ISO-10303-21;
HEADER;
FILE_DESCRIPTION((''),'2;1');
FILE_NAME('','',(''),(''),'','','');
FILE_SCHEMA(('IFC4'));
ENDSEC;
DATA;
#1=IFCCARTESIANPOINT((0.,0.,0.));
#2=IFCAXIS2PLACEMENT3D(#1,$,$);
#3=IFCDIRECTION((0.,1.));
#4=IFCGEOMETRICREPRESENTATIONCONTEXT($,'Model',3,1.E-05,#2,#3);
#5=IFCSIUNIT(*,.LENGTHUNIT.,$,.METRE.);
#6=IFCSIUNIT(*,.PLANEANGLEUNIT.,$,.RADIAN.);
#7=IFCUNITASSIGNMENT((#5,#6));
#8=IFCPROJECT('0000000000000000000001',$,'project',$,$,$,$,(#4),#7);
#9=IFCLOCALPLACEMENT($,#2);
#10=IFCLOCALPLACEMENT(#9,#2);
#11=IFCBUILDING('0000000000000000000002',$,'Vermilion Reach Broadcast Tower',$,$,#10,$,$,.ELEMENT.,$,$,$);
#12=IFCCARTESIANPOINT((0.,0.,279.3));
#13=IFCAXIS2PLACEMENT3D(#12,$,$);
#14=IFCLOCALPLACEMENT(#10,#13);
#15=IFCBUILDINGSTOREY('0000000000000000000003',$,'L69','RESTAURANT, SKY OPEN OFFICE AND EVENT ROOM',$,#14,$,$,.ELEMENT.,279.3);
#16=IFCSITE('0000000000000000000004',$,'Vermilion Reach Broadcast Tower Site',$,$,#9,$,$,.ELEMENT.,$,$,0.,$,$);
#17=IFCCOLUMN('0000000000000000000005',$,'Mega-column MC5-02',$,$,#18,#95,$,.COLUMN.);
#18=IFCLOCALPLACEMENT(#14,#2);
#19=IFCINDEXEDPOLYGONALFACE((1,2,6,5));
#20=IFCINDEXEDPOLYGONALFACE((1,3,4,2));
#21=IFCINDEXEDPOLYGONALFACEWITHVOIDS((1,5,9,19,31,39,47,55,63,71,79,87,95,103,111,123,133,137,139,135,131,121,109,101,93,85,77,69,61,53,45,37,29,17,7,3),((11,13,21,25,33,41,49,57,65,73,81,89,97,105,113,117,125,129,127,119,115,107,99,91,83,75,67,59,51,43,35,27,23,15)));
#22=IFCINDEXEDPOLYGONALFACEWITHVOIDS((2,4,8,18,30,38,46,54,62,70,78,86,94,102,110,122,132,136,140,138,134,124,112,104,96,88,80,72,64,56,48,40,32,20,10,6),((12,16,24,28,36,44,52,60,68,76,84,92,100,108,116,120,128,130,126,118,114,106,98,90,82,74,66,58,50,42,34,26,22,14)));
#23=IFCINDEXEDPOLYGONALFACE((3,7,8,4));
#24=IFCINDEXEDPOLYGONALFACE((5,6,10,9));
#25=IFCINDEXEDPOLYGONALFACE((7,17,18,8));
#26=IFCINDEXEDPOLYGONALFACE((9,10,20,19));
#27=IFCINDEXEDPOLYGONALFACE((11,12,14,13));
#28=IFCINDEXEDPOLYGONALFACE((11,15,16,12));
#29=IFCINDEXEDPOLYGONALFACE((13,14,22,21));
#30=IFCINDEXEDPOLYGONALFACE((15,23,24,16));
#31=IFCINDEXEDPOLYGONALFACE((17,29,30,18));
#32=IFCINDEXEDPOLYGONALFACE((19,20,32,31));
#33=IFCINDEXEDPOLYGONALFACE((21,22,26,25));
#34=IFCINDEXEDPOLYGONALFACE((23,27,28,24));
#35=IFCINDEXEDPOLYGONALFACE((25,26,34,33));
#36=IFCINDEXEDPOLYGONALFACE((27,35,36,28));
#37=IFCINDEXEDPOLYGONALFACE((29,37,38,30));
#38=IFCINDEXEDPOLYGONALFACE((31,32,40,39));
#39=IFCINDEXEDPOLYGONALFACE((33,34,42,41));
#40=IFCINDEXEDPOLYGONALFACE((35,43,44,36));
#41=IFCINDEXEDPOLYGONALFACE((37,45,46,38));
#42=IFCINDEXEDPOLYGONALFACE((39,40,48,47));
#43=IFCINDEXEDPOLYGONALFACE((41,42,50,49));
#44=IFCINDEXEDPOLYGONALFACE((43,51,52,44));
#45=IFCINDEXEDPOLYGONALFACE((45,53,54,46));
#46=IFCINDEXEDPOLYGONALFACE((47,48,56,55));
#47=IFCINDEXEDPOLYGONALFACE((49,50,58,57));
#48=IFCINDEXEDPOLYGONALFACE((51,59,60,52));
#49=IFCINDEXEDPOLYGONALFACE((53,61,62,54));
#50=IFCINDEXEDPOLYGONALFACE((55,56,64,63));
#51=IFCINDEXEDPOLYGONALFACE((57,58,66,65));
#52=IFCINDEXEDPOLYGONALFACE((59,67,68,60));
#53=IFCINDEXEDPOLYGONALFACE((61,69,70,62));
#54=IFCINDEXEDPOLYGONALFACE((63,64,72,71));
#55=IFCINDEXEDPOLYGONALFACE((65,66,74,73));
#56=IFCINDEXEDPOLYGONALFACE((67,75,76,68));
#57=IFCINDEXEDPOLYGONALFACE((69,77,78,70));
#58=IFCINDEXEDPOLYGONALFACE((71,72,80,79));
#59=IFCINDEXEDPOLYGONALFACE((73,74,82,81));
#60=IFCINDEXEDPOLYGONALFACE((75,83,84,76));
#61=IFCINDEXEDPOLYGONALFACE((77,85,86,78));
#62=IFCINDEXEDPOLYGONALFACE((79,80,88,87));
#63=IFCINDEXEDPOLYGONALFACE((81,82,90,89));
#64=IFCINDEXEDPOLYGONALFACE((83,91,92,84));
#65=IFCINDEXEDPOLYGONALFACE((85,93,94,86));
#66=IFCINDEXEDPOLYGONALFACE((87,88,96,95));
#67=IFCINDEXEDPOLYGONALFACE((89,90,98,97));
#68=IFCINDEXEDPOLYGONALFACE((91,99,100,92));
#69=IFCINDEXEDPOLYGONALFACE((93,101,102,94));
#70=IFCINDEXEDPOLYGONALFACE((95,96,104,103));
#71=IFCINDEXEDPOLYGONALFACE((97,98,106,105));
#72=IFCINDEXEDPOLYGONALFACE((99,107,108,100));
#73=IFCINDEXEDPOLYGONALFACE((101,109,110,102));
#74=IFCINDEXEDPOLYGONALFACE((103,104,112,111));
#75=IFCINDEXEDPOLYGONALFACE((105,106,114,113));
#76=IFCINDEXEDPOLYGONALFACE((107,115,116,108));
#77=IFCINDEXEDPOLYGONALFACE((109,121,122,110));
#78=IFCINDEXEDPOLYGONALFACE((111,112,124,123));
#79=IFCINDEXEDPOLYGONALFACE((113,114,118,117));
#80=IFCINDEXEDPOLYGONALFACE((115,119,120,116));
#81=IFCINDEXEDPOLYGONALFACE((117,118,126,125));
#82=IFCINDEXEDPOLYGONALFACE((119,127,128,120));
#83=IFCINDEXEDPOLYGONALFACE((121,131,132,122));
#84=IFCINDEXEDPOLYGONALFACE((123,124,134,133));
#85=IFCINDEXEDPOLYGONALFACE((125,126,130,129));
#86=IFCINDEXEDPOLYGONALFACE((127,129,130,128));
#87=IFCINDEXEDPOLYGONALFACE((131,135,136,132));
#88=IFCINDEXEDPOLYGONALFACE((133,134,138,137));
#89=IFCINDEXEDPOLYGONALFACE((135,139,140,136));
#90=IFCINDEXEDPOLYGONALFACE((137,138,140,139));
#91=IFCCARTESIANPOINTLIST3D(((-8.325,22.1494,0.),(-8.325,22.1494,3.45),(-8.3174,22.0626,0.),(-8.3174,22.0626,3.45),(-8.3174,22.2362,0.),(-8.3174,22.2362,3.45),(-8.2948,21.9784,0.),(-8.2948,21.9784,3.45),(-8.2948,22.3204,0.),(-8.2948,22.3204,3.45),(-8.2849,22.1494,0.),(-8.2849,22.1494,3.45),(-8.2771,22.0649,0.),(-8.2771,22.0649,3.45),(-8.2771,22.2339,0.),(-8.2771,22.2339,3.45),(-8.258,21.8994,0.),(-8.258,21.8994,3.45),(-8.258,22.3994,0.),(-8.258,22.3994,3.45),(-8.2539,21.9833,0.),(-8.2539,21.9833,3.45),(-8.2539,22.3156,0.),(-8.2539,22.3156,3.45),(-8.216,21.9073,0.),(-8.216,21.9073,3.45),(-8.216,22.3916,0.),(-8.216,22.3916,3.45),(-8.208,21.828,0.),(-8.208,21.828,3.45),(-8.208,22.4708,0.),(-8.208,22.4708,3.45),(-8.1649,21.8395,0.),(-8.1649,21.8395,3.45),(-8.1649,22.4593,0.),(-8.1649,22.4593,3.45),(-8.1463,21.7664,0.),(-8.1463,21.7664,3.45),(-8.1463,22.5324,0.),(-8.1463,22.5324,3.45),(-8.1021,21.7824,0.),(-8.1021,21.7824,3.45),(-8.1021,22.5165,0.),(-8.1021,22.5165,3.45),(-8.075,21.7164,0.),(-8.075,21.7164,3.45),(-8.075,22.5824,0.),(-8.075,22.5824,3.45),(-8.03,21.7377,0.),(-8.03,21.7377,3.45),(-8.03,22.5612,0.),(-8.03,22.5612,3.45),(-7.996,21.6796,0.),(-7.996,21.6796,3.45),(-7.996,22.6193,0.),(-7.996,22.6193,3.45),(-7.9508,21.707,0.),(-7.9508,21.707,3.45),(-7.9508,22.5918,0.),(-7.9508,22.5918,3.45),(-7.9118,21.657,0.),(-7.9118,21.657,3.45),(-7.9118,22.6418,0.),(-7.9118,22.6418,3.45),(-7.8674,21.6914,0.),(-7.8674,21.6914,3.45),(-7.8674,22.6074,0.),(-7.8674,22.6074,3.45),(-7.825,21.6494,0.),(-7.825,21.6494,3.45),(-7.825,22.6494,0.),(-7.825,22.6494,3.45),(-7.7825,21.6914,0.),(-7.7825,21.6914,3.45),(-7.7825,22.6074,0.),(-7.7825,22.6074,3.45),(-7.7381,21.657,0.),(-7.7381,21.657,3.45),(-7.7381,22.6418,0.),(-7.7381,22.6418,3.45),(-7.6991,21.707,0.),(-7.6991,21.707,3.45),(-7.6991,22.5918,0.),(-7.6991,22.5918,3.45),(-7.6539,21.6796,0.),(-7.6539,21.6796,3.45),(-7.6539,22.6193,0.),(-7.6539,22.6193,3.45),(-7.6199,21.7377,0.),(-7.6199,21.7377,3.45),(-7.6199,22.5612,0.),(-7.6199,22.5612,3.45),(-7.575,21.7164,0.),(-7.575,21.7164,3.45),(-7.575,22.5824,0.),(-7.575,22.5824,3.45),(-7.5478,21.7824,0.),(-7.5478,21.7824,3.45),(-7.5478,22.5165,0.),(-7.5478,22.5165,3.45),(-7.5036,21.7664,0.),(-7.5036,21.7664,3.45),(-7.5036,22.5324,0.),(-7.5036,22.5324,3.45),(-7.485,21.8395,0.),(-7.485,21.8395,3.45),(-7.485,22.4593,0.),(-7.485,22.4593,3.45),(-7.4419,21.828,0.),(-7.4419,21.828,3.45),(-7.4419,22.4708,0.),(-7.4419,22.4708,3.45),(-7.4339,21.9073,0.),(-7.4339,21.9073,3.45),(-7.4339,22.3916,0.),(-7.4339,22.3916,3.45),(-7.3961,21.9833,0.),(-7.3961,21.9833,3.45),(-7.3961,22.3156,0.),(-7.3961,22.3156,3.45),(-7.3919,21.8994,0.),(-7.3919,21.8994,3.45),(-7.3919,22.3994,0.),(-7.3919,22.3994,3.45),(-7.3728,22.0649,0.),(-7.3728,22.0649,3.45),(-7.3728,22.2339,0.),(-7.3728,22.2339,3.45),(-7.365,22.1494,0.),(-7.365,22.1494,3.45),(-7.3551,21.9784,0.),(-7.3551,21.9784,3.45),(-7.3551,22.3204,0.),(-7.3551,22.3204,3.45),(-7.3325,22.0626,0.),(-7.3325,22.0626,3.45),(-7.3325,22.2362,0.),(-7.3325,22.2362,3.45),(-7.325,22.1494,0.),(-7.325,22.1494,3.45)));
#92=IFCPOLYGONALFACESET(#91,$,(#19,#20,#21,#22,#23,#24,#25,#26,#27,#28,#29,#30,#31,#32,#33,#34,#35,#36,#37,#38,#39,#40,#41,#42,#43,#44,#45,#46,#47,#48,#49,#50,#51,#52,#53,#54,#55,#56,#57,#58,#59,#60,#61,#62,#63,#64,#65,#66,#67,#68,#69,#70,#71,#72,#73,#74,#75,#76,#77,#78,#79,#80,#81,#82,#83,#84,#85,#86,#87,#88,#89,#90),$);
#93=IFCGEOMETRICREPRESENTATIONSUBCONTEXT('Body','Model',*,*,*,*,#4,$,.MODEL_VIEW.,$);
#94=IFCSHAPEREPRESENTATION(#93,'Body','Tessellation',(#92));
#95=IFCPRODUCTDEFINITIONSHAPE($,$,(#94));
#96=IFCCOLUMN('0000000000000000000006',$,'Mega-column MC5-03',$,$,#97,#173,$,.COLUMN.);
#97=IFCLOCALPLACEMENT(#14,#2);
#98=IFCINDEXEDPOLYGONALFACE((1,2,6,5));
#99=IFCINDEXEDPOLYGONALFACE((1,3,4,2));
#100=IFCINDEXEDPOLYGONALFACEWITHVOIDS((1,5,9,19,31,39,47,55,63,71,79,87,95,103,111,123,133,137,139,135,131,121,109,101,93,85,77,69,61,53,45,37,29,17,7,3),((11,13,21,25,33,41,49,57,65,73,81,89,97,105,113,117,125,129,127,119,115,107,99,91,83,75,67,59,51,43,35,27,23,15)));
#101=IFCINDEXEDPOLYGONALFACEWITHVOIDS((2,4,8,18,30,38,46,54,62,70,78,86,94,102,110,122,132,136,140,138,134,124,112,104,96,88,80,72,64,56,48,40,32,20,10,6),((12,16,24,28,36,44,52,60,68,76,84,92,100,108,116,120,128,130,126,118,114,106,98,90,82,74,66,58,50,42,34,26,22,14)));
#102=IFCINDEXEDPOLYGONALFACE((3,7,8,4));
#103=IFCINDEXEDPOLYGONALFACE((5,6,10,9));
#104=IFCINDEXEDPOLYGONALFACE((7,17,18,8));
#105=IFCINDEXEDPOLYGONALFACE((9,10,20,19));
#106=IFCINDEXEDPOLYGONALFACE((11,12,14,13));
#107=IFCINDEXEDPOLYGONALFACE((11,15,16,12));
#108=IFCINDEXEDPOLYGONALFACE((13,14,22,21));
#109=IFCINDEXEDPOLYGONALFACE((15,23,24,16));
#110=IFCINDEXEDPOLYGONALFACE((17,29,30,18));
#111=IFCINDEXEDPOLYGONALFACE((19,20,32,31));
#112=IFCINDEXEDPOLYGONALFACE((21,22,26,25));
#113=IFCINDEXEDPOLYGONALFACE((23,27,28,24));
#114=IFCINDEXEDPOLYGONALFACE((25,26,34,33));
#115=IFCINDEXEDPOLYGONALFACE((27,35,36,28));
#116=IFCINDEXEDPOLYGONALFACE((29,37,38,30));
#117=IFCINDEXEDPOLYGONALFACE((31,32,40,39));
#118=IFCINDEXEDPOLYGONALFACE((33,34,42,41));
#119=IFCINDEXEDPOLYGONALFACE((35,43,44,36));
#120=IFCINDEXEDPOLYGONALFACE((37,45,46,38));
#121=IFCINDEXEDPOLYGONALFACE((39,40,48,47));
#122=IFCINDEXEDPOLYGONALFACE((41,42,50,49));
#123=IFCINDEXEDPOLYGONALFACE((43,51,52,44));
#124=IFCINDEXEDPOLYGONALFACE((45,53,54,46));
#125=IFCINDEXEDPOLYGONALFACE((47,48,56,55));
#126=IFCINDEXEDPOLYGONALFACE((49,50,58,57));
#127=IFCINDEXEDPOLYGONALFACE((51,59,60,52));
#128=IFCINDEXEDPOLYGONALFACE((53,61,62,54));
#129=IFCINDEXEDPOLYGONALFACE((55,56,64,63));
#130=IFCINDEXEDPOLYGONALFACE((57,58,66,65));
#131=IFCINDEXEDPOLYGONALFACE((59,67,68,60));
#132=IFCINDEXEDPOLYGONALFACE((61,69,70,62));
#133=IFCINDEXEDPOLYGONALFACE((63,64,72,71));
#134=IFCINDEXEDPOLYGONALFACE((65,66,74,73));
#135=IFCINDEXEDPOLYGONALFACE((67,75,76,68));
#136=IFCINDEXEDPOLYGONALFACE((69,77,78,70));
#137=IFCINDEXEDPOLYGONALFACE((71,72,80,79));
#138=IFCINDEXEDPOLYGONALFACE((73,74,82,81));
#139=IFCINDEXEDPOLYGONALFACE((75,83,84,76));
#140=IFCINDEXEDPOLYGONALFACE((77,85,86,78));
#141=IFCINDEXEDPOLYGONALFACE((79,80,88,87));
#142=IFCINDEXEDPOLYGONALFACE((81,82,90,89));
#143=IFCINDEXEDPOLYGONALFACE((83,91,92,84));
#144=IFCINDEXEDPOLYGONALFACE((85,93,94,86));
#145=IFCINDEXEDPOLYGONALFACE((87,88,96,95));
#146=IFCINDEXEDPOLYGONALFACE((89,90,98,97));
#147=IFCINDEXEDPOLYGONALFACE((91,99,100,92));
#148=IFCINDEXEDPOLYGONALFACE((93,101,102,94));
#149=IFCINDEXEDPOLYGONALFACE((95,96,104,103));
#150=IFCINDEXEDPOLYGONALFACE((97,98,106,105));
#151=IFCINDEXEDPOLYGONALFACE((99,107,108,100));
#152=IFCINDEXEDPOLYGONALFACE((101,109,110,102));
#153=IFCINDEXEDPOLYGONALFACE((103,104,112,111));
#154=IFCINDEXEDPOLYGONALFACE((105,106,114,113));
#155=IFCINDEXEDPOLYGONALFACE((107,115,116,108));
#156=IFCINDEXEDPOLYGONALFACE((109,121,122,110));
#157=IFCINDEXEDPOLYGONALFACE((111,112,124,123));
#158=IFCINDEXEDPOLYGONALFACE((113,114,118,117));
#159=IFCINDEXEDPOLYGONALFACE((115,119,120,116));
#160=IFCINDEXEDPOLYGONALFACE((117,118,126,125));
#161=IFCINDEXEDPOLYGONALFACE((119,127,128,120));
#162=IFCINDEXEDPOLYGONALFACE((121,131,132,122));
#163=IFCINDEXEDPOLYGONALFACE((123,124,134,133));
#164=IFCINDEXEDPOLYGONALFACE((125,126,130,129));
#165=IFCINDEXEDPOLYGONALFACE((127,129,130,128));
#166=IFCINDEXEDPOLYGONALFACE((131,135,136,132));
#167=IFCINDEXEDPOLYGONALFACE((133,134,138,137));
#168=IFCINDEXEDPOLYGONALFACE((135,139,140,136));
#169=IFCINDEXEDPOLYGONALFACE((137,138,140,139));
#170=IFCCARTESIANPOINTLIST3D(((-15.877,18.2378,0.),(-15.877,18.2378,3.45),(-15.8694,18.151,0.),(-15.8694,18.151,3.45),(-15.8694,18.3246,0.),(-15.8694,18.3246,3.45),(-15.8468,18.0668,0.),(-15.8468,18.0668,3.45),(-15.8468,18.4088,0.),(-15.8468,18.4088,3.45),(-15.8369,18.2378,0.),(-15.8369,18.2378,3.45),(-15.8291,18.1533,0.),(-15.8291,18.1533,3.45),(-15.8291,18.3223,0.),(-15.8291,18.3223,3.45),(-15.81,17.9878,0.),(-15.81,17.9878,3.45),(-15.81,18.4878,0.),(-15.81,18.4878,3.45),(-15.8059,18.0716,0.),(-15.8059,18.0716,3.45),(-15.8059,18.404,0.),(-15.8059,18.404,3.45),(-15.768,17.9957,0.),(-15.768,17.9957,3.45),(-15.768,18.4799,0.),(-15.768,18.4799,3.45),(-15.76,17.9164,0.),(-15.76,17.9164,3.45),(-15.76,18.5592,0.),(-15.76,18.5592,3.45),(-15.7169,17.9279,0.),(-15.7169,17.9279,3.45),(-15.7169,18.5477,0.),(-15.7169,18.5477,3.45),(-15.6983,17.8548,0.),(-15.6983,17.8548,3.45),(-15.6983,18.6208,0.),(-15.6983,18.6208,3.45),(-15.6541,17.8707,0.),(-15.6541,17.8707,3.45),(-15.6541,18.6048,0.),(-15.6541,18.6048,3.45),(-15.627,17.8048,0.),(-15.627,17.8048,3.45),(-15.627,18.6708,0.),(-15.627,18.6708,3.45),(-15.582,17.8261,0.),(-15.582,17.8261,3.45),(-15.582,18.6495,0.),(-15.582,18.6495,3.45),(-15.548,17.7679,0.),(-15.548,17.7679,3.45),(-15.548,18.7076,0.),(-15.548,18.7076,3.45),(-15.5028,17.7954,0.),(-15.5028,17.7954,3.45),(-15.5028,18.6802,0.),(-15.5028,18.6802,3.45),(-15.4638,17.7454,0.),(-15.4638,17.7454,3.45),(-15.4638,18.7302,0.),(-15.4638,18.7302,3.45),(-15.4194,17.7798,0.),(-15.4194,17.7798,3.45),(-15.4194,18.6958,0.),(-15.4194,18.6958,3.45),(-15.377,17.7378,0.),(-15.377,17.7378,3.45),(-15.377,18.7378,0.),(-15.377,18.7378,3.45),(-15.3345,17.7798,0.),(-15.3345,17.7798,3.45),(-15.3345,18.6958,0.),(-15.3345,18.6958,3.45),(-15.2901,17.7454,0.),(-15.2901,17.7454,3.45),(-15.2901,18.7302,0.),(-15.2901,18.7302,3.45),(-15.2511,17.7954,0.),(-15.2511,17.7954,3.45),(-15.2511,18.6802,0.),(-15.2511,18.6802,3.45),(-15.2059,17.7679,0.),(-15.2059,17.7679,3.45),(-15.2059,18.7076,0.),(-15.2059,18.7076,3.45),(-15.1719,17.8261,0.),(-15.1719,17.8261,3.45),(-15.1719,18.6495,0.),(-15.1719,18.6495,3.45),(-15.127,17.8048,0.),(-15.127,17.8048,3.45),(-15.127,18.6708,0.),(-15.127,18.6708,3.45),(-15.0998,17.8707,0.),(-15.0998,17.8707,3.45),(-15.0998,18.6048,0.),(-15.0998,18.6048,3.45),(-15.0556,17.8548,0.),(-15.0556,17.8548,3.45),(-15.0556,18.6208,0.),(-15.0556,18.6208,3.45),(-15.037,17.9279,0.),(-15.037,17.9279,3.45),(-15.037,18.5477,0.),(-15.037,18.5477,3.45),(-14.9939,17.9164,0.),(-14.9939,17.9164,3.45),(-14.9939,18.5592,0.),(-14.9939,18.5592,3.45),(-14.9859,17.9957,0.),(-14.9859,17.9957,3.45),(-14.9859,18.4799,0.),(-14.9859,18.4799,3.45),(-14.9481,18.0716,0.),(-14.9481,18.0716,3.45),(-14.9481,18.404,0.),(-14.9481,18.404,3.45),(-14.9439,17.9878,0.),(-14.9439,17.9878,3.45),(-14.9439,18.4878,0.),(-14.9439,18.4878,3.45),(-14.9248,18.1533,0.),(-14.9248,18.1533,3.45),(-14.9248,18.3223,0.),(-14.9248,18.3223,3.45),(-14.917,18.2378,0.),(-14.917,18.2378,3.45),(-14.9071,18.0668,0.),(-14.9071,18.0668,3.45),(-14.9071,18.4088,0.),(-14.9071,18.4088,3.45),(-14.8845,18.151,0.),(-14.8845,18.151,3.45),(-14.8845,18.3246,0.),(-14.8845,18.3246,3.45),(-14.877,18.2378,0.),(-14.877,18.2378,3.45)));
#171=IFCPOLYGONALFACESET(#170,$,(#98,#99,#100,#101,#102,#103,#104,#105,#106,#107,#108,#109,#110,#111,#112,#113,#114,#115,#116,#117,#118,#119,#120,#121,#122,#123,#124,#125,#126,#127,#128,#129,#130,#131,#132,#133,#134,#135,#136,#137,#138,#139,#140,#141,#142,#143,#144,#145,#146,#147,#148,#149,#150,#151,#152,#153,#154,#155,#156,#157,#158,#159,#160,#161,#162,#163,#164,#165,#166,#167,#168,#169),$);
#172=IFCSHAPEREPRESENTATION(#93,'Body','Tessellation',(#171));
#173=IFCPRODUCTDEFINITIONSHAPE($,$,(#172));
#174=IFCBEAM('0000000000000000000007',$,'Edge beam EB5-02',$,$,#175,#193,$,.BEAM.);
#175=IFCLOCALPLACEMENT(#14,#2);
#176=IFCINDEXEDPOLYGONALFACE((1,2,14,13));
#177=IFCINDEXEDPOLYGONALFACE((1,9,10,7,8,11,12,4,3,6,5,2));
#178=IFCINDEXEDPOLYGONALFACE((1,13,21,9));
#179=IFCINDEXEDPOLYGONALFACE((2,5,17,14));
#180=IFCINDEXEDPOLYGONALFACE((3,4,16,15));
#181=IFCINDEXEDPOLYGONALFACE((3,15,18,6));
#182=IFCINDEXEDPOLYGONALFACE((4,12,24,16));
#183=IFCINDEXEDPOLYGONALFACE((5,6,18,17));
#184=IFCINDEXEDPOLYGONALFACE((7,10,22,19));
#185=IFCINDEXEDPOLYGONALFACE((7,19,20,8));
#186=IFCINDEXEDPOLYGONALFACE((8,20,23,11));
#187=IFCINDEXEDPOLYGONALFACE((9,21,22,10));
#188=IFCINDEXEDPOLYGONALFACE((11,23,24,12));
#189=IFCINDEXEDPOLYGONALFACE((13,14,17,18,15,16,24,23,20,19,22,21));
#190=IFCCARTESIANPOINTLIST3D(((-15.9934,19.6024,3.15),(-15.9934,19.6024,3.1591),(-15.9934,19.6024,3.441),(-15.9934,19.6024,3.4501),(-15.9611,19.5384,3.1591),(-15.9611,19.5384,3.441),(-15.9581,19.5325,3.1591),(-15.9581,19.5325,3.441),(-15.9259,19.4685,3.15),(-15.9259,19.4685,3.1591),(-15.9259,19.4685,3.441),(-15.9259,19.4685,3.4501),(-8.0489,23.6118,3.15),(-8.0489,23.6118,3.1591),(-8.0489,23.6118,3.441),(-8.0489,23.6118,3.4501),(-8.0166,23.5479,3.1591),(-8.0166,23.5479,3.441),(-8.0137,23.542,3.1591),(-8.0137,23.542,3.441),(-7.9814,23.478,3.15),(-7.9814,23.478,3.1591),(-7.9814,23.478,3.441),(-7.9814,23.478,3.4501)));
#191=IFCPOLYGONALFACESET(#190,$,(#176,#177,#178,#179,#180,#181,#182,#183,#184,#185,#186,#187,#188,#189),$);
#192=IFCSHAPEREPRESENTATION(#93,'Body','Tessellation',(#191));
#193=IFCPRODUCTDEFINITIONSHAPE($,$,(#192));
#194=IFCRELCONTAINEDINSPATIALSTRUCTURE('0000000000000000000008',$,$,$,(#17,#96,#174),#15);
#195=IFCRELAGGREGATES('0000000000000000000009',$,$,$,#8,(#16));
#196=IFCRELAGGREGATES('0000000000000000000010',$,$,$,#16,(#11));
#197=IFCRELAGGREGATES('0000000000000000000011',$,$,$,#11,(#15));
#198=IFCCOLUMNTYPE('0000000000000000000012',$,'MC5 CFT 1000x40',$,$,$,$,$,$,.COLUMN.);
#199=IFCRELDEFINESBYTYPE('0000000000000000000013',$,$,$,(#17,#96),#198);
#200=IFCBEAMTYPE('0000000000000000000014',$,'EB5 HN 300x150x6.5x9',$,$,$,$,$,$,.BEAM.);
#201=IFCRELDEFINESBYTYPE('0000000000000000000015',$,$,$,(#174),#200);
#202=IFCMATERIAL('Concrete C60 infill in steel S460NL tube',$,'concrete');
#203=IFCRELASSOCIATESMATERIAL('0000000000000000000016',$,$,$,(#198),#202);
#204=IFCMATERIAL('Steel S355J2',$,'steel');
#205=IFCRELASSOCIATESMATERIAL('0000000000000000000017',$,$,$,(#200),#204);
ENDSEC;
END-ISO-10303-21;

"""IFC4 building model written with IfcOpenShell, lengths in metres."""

from ifc_helpers import new_model, si_unit, direction, frame, origin, origin_2d, place, context, subcontext, project, spatial, hollow_circle, i_section, extrude, material, material_profile, profile_set, type_object, element, save


model = new_model("IFC4")

# Units and contexts
model_context = context("Model", 3, precision=1e-05, world=origin(), true_north=direction((0.0, 1.0)))
body_context = subcontext(model_context, "Body", "Model", "MODEL_VIEW")
ifc_project = project(units=[si_unit("LENGTHUNIT", "METRE"), si_unit("PLANEANGLEUNIT", "RADIAN")], contexts=[model_context])

# Site, building, storey
site_placement = place(None, origin())
site = spatial("IfcSite", under=ifc_project, at=site_placement, Name="Vermilion Reach Broadcast Tower Site", CompositionType="ELEMENT", RefElevation=0.0)
building_placement = place(site_placement, origin())
building = spatial("IfcBuilding", under=site, at=building_placement, Name="Vermilion Reach Broadcast Tower", CompositionType="ELEMENT")
storey_placement = place(building_placement, frame((0.0, 0.0, 279.3)))
storey = spatial("IfcBuildingStorey", under=building, at=storey_placement, Name="L69", Description="RESTAURANT, SKY OPEN OFFICE AND EVENT ROOM", CompositionType="ELEMENT", Elevation=279.3)

# Columns
ifc_material_1 = material(Name="Concrete C60 infill in steel S460NL tube", Category="concrete")
ifc_material_profile_1 = material_profile(ifc_material_1, hollow_circle(Radius=0.5, WallThickness=0.04, at=origin_2d()), Name="Concrete C60 infill in steel S460NL tube CFT 1000x40")
ifc_profile_set_1 = profile_set([ifc_material_profile_1], Name="Concrete C60 infill in steel S460NL tube")
column_type = type_object("IfcColumnType", Name="MC5 CFT 1000x40", PredefinedType="COLUMN", material=ifc_profile_set_1)
for number, where, z_axis, x_axis, name in (
    (1, (-7.825, 22.1494, 0.0), (0.0, 0.0, 1.0), (1.0, 0.0, 0.0), "Mega-column MC5-02"),
    (2, (-15.377, 18.2378, 0.0), (0.0, 0.0, 1.0), (1.0, 0.0, 0.0), "Mega-column MC5-03"),
):
    element("IfcColumn", number, at=place(storey_placement, frame(where, z_axis=z_axis, x_axis=x_axis)), inside=storey, type_object=column_type, Name=name, PredefinedType="COLUMN", context=body_context, shape_type="SweptSolid", body=[
        extrude(hollow_circle(Radius=0.5, WallThickness=0.04, at=origin_2d()), origin(), (0.0, 0.0, 1.0), 3.45),
    ])

# Beam
ifc_material_2 = material(Name="Steel S355J2", Category="steel")
ifc_material_profile_2 = material_profile(ifc_material_2, i_section(OverallWidth=0.1499, OverallDepth=0.3, WebThickness=0.0066, FlangeThickness=0.009, at=origin_2d()), Name="S355J2 HN 300x150x6.5x9")
ifc_profile_set_2 = profile_set([ifc_material_profile_2], Name="Steel S355J2")
beam_type_1 = type_object("IfcBeamType", Name="EB5 HN 300x150x6.5x9", PredefinedType="BEAM", material=ifc_profile_set_2)
beam_1_placement = place(storey_placement, frame((-8.0151, 23.5449, 3.3), z_axis=(-0.892747, -0.450557, 0.0), x_axis=(0.450557, -0.892747, 0.0)))
element("IfcBeam", 3, at=beam_1_placement, inside=storey, type_object=beam_type_1, Name="Edge beam EB5-02", PredefinedType="BEAM", context=body_context, shape_type="SweptSolid", body=[
    extrude(i_section(OverallWidth=0.1499, OverallDepth=0.3, WebThickness=0.0066, FlangeThickness=0.009, at=origin_2d()), origin(), (0.0, 0.0, 1.0), 8.8989),
])

save(model, "model.ifc")
